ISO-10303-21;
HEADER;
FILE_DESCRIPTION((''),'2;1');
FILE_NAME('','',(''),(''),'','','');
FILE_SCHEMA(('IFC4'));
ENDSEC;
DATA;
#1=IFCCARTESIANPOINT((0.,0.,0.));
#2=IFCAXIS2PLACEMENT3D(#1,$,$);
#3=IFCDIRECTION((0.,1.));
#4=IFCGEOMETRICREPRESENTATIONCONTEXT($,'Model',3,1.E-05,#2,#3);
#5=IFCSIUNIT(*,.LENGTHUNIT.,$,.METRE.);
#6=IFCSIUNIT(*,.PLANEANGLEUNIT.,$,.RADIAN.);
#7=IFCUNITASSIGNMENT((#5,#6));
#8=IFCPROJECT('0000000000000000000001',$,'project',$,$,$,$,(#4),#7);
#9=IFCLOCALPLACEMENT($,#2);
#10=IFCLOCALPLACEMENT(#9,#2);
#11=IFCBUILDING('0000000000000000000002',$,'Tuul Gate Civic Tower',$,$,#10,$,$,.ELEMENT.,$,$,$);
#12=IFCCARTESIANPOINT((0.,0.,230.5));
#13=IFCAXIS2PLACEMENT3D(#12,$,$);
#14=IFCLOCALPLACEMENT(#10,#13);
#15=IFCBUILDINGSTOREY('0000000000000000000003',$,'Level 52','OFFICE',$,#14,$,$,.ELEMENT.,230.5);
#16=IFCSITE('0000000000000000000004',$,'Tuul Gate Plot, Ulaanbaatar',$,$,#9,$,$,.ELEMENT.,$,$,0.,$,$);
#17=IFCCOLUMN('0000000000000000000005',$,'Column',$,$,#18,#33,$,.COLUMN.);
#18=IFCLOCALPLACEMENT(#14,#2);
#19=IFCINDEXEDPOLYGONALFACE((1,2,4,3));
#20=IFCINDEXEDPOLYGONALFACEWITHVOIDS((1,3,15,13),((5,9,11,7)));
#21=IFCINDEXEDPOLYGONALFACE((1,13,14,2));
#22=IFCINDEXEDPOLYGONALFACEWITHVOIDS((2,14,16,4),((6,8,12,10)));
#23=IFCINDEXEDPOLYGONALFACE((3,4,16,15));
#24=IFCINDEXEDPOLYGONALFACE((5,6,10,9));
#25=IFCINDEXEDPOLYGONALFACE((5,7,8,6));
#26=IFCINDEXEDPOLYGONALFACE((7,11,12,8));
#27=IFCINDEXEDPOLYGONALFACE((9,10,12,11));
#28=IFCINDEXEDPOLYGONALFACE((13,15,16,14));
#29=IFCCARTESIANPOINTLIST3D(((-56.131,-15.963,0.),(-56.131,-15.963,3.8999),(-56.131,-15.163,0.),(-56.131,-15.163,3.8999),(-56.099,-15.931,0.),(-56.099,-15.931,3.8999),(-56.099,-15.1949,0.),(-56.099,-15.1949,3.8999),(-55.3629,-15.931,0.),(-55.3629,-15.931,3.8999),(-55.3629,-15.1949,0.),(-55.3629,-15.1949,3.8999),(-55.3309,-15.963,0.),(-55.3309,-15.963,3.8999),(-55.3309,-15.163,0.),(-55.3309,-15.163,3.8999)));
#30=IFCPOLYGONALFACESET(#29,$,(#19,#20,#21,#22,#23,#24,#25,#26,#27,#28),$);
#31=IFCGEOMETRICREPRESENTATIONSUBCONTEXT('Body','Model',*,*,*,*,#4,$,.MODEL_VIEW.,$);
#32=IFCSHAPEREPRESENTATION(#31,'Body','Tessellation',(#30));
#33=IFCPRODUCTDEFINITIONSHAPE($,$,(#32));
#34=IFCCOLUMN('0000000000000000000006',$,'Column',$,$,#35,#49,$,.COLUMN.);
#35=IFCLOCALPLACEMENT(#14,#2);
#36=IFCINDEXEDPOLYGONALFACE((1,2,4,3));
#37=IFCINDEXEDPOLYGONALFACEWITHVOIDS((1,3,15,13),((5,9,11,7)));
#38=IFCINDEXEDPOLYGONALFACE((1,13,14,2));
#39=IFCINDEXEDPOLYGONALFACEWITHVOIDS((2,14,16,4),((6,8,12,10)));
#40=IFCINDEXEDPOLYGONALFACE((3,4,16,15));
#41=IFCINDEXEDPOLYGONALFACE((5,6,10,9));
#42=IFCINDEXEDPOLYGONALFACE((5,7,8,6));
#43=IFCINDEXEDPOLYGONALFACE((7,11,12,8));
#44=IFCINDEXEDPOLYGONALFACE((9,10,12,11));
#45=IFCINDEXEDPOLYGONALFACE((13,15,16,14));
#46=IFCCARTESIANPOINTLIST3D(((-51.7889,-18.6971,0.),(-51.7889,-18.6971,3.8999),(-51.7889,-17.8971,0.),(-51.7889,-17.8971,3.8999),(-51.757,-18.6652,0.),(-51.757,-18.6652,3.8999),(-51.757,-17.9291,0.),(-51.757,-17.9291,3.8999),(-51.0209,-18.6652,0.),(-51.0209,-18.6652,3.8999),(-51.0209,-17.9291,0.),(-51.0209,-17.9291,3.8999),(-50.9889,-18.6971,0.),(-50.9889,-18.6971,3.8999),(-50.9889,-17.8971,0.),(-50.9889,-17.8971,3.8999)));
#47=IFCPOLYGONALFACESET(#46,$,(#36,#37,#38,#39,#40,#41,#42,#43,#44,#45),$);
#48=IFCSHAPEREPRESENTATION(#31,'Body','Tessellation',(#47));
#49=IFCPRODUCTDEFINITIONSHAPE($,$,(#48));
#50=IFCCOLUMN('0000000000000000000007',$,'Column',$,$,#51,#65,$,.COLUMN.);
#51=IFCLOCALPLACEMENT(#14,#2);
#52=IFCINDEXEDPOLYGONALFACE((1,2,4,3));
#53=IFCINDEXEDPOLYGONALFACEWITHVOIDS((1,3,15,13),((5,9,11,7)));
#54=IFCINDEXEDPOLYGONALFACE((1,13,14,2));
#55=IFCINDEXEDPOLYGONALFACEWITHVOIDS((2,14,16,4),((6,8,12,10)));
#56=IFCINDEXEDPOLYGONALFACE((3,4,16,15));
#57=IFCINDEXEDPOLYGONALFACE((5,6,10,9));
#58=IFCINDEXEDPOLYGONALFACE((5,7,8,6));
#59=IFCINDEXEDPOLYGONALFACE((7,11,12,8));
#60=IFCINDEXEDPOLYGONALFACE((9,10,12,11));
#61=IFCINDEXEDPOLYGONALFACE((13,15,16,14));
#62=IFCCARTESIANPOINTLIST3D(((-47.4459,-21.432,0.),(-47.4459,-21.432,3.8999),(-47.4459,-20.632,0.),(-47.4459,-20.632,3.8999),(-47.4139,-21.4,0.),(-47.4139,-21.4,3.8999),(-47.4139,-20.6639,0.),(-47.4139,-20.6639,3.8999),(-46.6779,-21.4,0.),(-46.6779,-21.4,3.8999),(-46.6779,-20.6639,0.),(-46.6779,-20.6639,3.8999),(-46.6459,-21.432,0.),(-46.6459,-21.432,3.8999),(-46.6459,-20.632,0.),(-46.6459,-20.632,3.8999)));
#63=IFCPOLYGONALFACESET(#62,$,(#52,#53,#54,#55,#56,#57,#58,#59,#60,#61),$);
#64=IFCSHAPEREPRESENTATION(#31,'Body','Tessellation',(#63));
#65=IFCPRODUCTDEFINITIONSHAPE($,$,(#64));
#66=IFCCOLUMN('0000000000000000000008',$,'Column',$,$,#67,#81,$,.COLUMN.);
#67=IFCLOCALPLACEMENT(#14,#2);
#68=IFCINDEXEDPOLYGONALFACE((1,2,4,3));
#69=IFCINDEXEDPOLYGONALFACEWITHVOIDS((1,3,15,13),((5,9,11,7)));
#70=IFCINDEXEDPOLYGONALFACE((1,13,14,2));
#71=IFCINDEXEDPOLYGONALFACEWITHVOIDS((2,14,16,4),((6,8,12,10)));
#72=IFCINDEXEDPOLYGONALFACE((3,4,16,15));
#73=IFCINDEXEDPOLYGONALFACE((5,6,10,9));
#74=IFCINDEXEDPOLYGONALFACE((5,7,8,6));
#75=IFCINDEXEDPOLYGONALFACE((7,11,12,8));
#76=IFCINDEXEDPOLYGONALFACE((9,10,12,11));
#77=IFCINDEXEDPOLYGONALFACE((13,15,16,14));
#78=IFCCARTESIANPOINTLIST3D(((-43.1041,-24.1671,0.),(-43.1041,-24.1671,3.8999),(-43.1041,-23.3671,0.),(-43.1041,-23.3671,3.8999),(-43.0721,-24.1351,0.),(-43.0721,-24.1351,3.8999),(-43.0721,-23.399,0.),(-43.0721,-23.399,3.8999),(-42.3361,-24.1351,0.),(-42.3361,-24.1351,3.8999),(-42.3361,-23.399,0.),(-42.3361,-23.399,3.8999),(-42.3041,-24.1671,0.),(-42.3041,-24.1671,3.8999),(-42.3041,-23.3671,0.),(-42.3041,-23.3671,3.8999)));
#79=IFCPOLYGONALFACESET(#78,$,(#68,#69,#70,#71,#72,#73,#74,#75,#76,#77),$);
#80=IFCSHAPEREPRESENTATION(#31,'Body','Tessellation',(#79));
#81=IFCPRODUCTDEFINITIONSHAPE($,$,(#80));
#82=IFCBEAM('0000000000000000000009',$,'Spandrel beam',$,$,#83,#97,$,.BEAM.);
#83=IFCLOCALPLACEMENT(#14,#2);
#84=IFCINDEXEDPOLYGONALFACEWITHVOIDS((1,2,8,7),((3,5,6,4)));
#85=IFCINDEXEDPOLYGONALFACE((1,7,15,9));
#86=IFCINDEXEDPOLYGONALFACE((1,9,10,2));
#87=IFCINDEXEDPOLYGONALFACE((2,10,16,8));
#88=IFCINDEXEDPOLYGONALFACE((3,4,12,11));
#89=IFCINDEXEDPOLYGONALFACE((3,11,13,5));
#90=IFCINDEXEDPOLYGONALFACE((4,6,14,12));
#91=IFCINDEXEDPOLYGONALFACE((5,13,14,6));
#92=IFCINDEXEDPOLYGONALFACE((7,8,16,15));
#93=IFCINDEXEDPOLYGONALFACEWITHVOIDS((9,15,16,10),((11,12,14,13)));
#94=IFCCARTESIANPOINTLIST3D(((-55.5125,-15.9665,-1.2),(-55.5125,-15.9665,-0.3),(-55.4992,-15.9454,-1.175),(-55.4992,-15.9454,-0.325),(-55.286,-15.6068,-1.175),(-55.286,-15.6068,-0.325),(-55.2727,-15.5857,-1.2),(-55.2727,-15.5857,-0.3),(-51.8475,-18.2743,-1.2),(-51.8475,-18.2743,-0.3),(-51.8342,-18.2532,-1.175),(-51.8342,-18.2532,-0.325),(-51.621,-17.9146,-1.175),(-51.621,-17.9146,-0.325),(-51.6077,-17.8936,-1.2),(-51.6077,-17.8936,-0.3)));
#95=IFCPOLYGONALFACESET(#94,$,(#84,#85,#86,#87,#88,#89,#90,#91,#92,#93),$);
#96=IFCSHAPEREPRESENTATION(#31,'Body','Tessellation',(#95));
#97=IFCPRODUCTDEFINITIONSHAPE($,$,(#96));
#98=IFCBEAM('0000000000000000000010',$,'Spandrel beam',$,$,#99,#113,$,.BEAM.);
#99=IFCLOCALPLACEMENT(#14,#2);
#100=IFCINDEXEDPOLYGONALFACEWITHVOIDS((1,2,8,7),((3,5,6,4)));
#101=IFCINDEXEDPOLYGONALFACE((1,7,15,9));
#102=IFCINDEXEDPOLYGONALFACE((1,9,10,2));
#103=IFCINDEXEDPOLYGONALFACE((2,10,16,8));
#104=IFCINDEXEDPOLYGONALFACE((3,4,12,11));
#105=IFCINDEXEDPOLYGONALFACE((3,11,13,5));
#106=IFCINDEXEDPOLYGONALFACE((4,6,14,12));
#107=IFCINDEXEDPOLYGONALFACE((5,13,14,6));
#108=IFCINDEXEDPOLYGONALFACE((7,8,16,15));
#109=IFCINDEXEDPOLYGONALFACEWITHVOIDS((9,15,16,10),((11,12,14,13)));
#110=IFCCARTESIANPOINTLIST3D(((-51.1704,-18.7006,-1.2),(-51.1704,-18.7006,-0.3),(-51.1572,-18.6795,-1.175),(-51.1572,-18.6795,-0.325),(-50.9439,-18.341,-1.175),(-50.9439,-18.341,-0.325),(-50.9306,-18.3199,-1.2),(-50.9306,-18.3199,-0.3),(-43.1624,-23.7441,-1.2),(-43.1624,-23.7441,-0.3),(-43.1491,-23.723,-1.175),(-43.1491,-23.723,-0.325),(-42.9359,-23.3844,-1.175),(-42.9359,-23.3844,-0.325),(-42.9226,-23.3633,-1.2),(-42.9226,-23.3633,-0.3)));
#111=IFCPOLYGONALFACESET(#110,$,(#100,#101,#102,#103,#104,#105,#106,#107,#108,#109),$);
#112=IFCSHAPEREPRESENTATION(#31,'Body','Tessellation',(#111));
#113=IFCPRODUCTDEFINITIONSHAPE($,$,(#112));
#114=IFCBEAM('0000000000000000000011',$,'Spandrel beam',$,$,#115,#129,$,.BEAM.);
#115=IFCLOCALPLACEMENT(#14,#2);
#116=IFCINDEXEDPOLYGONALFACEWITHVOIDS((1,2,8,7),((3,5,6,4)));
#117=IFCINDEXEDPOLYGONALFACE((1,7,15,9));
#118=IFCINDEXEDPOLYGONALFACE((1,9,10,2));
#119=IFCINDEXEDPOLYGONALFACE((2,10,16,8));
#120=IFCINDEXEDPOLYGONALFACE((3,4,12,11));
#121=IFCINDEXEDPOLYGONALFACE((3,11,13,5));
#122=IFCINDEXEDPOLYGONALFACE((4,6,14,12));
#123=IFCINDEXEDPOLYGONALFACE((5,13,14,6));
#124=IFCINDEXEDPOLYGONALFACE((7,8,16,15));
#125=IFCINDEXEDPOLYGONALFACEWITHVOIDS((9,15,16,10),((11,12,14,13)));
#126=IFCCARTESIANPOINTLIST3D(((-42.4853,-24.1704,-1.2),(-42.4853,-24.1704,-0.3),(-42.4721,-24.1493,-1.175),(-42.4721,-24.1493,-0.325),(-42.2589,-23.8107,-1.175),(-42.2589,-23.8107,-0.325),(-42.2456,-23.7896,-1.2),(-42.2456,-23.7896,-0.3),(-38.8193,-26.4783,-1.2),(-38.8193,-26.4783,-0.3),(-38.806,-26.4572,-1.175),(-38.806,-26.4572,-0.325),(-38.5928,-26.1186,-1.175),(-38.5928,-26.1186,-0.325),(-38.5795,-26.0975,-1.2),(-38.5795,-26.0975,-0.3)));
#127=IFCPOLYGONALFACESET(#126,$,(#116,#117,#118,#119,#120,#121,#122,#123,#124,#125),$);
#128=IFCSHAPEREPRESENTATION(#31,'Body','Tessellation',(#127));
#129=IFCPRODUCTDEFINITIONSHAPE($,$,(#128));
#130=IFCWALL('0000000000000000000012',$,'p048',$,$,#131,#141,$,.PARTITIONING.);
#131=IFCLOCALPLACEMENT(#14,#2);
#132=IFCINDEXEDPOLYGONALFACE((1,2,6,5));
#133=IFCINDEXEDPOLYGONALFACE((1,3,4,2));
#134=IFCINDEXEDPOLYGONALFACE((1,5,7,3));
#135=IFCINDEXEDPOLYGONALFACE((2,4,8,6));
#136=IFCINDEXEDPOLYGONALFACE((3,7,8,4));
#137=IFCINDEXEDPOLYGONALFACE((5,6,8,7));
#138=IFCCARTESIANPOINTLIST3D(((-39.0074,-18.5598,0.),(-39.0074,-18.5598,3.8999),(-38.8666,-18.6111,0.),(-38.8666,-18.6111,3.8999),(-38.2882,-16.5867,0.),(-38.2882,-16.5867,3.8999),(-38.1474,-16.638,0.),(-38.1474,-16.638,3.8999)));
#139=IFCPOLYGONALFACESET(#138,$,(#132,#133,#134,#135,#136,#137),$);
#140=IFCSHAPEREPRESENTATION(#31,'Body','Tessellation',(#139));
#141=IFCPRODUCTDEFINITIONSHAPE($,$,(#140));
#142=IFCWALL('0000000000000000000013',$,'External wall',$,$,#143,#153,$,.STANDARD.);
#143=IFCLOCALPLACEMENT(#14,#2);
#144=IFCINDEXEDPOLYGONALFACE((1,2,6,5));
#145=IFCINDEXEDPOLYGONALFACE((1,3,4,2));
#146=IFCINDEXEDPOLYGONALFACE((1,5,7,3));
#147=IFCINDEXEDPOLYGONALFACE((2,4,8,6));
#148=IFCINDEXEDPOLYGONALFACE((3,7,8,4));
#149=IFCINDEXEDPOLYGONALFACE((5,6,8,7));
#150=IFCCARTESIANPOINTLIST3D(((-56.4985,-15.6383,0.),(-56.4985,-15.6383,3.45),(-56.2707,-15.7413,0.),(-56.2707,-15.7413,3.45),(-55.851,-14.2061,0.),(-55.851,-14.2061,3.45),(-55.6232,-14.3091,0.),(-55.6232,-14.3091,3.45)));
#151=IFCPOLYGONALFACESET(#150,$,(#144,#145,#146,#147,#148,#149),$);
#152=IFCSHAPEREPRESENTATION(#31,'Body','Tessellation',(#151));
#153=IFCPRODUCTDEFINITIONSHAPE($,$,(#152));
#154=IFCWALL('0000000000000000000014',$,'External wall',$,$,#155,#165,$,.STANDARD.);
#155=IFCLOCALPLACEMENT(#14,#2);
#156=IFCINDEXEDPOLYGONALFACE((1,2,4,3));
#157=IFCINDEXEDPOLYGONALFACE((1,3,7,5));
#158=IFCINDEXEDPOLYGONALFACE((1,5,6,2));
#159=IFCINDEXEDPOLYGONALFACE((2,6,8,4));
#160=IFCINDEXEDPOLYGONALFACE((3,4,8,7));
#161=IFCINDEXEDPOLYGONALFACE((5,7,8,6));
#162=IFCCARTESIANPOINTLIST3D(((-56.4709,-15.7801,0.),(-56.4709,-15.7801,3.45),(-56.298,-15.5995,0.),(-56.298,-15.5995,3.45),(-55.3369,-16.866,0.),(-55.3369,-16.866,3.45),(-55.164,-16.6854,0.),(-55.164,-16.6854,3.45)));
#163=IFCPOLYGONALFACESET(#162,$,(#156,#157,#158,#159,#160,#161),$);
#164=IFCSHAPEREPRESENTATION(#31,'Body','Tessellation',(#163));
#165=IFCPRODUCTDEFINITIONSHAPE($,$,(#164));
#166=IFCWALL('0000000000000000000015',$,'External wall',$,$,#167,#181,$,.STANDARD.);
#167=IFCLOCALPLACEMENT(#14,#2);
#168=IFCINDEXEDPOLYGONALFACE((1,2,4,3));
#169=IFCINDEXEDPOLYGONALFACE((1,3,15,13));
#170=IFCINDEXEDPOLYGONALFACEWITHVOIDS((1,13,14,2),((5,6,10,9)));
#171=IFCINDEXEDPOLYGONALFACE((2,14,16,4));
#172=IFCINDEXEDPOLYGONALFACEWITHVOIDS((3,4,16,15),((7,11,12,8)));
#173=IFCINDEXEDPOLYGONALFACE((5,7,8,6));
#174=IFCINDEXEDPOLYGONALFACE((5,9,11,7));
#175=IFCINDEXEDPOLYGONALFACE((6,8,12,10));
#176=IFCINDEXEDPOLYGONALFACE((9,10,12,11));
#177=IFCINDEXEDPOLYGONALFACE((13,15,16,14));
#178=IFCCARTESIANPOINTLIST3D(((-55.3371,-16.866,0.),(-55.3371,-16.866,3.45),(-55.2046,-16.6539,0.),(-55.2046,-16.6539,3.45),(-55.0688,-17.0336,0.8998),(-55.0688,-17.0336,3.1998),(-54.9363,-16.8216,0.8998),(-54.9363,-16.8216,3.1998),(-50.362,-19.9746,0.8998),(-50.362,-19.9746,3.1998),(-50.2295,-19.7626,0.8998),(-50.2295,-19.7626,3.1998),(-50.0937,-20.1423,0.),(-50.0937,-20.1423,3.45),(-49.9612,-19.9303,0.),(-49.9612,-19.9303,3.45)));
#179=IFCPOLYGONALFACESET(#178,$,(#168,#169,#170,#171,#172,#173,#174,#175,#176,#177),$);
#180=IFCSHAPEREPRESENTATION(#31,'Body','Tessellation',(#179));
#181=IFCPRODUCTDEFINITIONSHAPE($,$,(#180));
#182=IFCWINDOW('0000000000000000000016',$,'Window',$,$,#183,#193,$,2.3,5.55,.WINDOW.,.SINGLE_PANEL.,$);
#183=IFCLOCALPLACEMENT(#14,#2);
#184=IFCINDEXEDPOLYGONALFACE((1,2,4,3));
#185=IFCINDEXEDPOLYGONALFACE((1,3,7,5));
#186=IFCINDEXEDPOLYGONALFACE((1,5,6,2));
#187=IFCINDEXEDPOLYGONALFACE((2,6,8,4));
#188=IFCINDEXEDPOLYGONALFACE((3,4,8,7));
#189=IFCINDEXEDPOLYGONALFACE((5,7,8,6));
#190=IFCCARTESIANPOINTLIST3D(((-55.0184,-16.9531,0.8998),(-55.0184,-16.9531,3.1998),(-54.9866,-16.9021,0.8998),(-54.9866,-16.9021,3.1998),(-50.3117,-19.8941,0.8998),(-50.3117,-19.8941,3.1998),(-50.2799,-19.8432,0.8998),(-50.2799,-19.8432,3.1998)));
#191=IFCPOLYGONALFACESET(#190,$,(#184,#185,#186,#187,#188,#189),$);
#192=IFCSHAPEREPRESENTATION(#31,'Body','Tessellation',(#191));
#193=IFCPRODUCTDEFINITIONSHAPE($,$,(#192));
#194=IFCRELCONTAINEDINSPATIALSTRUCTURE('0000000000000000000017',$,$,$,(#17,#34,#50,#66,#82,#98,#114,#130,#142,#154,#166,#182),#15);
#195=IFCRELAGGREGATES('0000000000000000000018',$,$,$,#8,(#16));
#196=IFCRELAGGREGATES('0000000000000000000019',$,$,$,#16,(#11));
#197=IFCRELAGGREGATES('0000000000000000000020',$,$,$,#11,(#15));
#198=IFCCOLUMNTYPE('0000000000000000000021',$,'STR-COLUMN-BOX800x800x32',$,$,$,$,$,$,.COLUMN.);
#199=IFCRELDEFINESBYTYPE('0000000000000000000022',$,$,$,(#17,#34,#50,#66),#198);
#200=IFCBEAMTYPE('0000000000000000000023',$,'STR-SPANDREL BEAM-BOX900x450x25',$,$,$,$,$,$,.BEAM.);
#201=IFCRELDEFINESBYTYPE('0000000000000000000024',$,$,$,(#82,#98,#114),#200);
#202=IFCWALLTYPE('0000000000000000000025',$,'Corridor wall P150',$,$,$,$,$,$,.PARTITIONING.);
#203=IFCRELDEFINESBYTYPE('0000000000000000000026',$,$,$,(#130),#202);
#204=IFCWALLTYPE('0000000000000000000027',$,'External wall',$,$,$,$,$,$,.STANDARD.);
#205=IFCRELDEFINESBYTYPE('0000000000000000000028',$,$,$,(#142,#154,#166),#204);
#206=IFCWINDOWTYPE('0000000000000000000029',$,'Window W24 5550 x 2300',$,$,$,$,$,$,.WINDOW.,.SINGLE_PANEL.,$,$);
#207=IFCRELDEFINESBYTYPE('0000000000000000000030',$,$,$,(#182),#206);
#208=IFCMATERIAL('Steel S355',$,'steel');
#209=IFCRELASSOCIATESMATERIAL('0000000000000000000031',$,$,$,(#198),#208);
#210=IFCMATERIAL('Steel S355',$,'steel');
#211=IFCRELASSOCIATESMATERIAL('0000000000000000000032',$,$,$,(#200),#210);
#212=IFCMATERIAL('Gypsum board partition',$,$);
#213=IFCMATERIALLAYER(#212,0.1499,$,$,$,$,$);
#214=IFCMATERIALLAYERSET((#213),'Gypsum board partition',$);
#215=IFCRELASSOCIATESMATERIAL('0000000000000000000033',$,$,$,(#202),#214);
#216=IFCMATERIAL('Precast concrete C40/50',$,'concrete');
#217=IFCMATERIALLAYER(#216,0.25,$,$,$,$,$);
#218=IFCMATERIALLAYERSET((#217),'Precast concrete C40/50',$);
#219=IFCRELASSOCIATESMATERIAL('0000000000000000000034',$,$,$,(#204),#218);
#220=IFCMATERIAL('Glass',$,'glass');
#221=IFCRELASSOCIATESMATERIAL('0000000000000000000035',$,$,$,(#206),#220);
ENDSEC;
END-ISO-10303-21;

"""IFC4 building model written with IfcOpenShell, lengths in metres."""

from ifc_helpers import new_model, si_unit, direction, frame, frame_2d, origin, origin_2d, place, context, subcontext, project, spatial, rectangle, hollow_rectangle, extrude, material, layer, layer_set, material_profile, profile_set, type_object, element, fill, save


model = new_model("IFC4")

# Units and contexts
model_context = context("Model", 3, precision=1e-05, world=origin(), true_north=direction((0.0, 1.0)))
body_context = subcontext(model_context, "Body", "Model", "MODEL_VIEW")
ifc_project = project(units=[si_unit("LENGTHUNIT", "METRE"), si_unit("PLANEANGLEUNIT", "RADIAN")], contexts=[model_context])

# Site, building, storey
site_placement = place(None, origin())
site = spatial("IfcSite", under=ifc_project, at=site_placement, Name="Tuul Gate Plot, Ulaanbaatar", CompositionType="ELEMENT", RefElevation=0.0)
building_placement = place(site_placement, origin())
building = spatial("IfcBuilding", under=site, at=building_placement, Name="Tuul Gate Civic Tower", CompositionType="ELEMENT")
storey_placement = place(building_placement, frame((0.0, 0.0, 230.5)))
storey = spatial("IfcBuildingStorey", under=building, at=storey_placement, Name="Level 52", Description="OFFICE", CompositionType="ELEMENT", Elevation=230.5)

# Columns
ifc_material_1 = material(Name="Steel S355", Category="steel")
ifc_material_profile_1 = material_profile(ifc_material_1, hollow_rectangle(XDim=0.8, YDim=0.8, WallThickness=0.032, at=origin_2d()), Name="BOX800x800x32")
ifc_profile_set_1 = profile_set([ifc_material_profile_1], Name="Steel S355")
column_type = type_object("IfcColumnType", Name="STR-COLUMN-BOX800x800x32", PredefinedType="COLUMN", material=ifc_profile_set_1)
for number, where, z_axis, x_axis, name in (
    (1, (-55.731, -15.563, 0.0), (0.0, 0.0, 1.0), (1.0, 0.0, 0.0), "Column"),
    (2, (-51.3889, -18.2971, 0.0), (0.0, 0.0, 1.0), (1.0, 0.0, 0.0), "Column"),
    (3, (-47.0459, -21.032, 0.0), (0.0, 0.0, 1.0), (1.0, 0.0, 0.0), "Column"),
    (4, (-42.7041, -23.7671, 0.0), (0.0, 0.0, 1.0), (1.0, 0.0, 0.0), "Column"),
):
    element("IfcColumn", number, at=place(storey_placement, frame(where, z_axis=z_axis, x_axis=x_axis)), inside=storey, type_object=column_type, Name=name, PredefinedType="COLUMN", context=body_context, shape_type="SweptSolid", body=[
        extrude(hollow_rectangle(XDim=0.8, YDim=0.8, WallThickness=0.032, at=origin_2d()), origin(), (0.0, 0.0, 1.0), 3.8999),
    ])

# Beams
ifc_material_2 = material(Name="Steel S355", Category="steel")
ifc_material_profile_2 = material_profile(ifc_material_2, hollow_rectangle(XDim=0.45, YDim=0.8999, WallThickness=0.0249, at=origin_2d()), Name="BOX900x450x25")
ifc_profile_set_2 = profile_set([ifc_material_profile_2], Name="Steel S355")
beam_type = type_object("IfcBeamType", Name="STR-SPANDREL BEAM-BOX900x450x25", PredefinedType="BEAM", material=ifc_profile_set_2)
beam_1_placement = place(storey_placement, frame((-55.3926, -15.7761, -0.75), z_axis=(0.846207, -0.532854, 0.0), x_axis=(0.532854, 0.846207, 0.0)))
element("IfcBeam", 5, at=beam_1_placement, inside=storey, type_object=beam_type, Name="Spandrel beam", PredefinedType="BEAM", context=body_context, shape_type="SweptSolid", body=[
    extrude(hollow_rectangle(XDim=0.45, YDim=0.8999, WallThickness=0.0249, at=origin_2d()), origin(), (0.0, 0.0, 1.0), 4.3311),
])
beam_2_placement = place(storey_placement, frame((-51.0505, -18.5103, -0.75), z_axis=(0.846169, -0.532915, 0.0), x_axis=(0.532915, 0.846169, 0.0)))
element("IfcBeam", 6, at=beam_2_placement, inside=storey, type_object=beam_type, Name="Spandrel beam", PredefinedType="BEAM", context=body_context, shape_type="SweptSolid", body=[
    extrude(hollow_rectangle(XDim=0.45, YDim=0.8999, WallThickness=0.0249, at=origin_2d()), origin(), (0.0, 0.0, 1.0), 9.4639),
])
beam_3_placement = place(storey_placement, frame((-42.3655, -23.98, -0.75), z_axis=(0.846271, -0.532752, 0.0), x_axis=(0.532752, 0.846271, 0.0)))
element("IfcBeam", 7, at=beam_3_placement, inside=storey, type_object=beam_type, Name="Spandrel beam", PredefinedType="BEAM", context=body_context, shape_type="SweptSolid", body=[
    extrude(hollow_rectangle(XDim=0.45, YDim=0.8999, WallThickness=0.0249, at=origin_2d()), origin(), (0.0, 0.0, 1.0), 4.332),
])

# Walls
ifc_material_3 = material(Name="Gypsum board partition")
ifc_layer_1 = layer(ifc_material_3, 0.1499)
ifc_layer_set_1 = layer_set([ifc_layer_1], Name="Gypsum board partition")
wall_type_1 = type_object("IfcWallType", Name="Corridor wall P150", PredefinedType="PARTITIONING", material=ifc_layer_set_1)
wall_1_placement = place(storey_placement, frame((-38.937, -18.5854, 0.0), z_axis=(0.0, 0.0, 1.0), x_axis=(0.342471, 0.939528, 0.0)))
element("IfcWall", 8, at=wall_1_placement, inside=storey, type_object=wall_type_1, Name="p048", PredefinedType="PARTITIONING", context=body_context, shape_type="SweptSolid", body=[
    extrude(rectangle(XDim=2.1001, YDim=0.1499, at=frame_2d((1.05, 0.0))), origin(), (0.0, 0.0, 1.0), 3.8999),
])
ifc_material_4 = material(Name="Precast concrete C40/50", Category="concrete")
ifc_layer_2 = layer(ifc_material_4, 0.25)
ifc_layer_set_2 = layer_set([ifc_layer_2], Name="Precast concrete C40/50")
wall_type_2 = type_object("IfcWallType", Name="External wall", PredefinedType="STANDARD", material=ifc_layer_set_2)
wall_2_placement = place(storey_placement, frame((-55.7371, -14.2576, 0.0), z_axis=(0.0, 0.0, 1.0), x_axis=(-0.411953, -0.911205, 0.0)))
element("IfcWall", 9, at=wall_2_placement, inside=storey, type_object=wall_type_2, Name="External wall", PredefinedType="STANDARD", context=body_context, shape_type="SweptSolid", body=[
    extrude(rectangle(XDim=1.5718, YDim=0.25, at=frame_2d((0.7859, 0.0))), origin(), (0.0, 0.0, 1.0), 3.45),
])
wall_3_placement = place(storey_placement, frame((-56.3845, -15.6897, 0.0), z_axis=(0.0, 0.0, 1.0), x_axis=(0.722257, -0.691625, 0.0)))
element("IfcWall", 10, at=wall_3_placement, inside=storey, type_object=wall_type_2, Name="External wall", PredefinedType="STANDARD", context=body_context, shape_type="SweptSolid", body=[
    extrude(rectangle(XDim=1.5701, YDim=0.25, at=frame_2d((0.7852, 0.0))), origin(), (0.0, 0.0, 1.0), 3.45),
])

# Wall, opening, window
wall_4_placement = place(storey_placement, frame((-55.2708, -16.76, 0.0), z_axis=(0.0, 0.0, 1.0), x_axis=(0.848054, -0.52991, 0.0)))
wall_4 = element("IfcWall", 11, at=wall_4_placement, inside=storey, type_object=wall_type_2, Name="External wall", PredefinedType="STANDARD", context=body_context, shape_type="SweptSolid", body=[
    extrude(rectangle(XDim=6.1829, YDim=0.25, at=frame_2d((3.0913, 0.0))), origin(), (0.0, 0.0, 1.0), 3.45),
])
opening_1_placement = place(wall_4_placement, frame((0.3164, 0.0, 0.8999)))
opening_1 = element("IfcOpeningElement", 12, at=opening_1_placement, cuts=wall_4, PredefinedType="OPENING", context=body_context, shape_type="SweptSolid", body=[
    extrude(rectangle(XDim=5.55, YDim=2.3, at=frame_2d((2.7749, 1.1499))), frame((0.0, 0.135, 0.0), z_axis=(0.0, -1.0, 0.0), x_axis=(1.0, 0.0, 0.0)), (0.0, 0.0, 1.0), 0.27),
])
ifc_material_5 = material(Name="Glass", Category="glass")
window_type = type_object("IfcWindowType", Name="Window W24 5550 x 2300", PartitioningType="SINGLE_PANEL", PredefinedType="WINDOW", material=ifc_material_5)
window_1_placement = place(opening_1_placement, origin())
window_1 = element("IfcWindow", 13, at=window_1_placement, inside=storey, type_object=window_type, Name="Window", OverallHeight=2.3, OverallWidth=5.55, PartitioningType="SINGLE_PANEL", PredefinedType="WINDOW", context=body_context, shape_type="SweptSolid", body=[
    extrude(rectangle(XDim=5.55, YDim=2.3, at=frame_2d((2.7749, 1.1499))), frame((0.0, 0.03, 0.0), z_axis=(0.0, -1.0, 0.0), x_axis=(1.0, 0.0, 0.0)), (0.0, 0.0, 1.0), 0.0601),
])
fill(opening_1, window_1)

save(model, "model.ifc")
